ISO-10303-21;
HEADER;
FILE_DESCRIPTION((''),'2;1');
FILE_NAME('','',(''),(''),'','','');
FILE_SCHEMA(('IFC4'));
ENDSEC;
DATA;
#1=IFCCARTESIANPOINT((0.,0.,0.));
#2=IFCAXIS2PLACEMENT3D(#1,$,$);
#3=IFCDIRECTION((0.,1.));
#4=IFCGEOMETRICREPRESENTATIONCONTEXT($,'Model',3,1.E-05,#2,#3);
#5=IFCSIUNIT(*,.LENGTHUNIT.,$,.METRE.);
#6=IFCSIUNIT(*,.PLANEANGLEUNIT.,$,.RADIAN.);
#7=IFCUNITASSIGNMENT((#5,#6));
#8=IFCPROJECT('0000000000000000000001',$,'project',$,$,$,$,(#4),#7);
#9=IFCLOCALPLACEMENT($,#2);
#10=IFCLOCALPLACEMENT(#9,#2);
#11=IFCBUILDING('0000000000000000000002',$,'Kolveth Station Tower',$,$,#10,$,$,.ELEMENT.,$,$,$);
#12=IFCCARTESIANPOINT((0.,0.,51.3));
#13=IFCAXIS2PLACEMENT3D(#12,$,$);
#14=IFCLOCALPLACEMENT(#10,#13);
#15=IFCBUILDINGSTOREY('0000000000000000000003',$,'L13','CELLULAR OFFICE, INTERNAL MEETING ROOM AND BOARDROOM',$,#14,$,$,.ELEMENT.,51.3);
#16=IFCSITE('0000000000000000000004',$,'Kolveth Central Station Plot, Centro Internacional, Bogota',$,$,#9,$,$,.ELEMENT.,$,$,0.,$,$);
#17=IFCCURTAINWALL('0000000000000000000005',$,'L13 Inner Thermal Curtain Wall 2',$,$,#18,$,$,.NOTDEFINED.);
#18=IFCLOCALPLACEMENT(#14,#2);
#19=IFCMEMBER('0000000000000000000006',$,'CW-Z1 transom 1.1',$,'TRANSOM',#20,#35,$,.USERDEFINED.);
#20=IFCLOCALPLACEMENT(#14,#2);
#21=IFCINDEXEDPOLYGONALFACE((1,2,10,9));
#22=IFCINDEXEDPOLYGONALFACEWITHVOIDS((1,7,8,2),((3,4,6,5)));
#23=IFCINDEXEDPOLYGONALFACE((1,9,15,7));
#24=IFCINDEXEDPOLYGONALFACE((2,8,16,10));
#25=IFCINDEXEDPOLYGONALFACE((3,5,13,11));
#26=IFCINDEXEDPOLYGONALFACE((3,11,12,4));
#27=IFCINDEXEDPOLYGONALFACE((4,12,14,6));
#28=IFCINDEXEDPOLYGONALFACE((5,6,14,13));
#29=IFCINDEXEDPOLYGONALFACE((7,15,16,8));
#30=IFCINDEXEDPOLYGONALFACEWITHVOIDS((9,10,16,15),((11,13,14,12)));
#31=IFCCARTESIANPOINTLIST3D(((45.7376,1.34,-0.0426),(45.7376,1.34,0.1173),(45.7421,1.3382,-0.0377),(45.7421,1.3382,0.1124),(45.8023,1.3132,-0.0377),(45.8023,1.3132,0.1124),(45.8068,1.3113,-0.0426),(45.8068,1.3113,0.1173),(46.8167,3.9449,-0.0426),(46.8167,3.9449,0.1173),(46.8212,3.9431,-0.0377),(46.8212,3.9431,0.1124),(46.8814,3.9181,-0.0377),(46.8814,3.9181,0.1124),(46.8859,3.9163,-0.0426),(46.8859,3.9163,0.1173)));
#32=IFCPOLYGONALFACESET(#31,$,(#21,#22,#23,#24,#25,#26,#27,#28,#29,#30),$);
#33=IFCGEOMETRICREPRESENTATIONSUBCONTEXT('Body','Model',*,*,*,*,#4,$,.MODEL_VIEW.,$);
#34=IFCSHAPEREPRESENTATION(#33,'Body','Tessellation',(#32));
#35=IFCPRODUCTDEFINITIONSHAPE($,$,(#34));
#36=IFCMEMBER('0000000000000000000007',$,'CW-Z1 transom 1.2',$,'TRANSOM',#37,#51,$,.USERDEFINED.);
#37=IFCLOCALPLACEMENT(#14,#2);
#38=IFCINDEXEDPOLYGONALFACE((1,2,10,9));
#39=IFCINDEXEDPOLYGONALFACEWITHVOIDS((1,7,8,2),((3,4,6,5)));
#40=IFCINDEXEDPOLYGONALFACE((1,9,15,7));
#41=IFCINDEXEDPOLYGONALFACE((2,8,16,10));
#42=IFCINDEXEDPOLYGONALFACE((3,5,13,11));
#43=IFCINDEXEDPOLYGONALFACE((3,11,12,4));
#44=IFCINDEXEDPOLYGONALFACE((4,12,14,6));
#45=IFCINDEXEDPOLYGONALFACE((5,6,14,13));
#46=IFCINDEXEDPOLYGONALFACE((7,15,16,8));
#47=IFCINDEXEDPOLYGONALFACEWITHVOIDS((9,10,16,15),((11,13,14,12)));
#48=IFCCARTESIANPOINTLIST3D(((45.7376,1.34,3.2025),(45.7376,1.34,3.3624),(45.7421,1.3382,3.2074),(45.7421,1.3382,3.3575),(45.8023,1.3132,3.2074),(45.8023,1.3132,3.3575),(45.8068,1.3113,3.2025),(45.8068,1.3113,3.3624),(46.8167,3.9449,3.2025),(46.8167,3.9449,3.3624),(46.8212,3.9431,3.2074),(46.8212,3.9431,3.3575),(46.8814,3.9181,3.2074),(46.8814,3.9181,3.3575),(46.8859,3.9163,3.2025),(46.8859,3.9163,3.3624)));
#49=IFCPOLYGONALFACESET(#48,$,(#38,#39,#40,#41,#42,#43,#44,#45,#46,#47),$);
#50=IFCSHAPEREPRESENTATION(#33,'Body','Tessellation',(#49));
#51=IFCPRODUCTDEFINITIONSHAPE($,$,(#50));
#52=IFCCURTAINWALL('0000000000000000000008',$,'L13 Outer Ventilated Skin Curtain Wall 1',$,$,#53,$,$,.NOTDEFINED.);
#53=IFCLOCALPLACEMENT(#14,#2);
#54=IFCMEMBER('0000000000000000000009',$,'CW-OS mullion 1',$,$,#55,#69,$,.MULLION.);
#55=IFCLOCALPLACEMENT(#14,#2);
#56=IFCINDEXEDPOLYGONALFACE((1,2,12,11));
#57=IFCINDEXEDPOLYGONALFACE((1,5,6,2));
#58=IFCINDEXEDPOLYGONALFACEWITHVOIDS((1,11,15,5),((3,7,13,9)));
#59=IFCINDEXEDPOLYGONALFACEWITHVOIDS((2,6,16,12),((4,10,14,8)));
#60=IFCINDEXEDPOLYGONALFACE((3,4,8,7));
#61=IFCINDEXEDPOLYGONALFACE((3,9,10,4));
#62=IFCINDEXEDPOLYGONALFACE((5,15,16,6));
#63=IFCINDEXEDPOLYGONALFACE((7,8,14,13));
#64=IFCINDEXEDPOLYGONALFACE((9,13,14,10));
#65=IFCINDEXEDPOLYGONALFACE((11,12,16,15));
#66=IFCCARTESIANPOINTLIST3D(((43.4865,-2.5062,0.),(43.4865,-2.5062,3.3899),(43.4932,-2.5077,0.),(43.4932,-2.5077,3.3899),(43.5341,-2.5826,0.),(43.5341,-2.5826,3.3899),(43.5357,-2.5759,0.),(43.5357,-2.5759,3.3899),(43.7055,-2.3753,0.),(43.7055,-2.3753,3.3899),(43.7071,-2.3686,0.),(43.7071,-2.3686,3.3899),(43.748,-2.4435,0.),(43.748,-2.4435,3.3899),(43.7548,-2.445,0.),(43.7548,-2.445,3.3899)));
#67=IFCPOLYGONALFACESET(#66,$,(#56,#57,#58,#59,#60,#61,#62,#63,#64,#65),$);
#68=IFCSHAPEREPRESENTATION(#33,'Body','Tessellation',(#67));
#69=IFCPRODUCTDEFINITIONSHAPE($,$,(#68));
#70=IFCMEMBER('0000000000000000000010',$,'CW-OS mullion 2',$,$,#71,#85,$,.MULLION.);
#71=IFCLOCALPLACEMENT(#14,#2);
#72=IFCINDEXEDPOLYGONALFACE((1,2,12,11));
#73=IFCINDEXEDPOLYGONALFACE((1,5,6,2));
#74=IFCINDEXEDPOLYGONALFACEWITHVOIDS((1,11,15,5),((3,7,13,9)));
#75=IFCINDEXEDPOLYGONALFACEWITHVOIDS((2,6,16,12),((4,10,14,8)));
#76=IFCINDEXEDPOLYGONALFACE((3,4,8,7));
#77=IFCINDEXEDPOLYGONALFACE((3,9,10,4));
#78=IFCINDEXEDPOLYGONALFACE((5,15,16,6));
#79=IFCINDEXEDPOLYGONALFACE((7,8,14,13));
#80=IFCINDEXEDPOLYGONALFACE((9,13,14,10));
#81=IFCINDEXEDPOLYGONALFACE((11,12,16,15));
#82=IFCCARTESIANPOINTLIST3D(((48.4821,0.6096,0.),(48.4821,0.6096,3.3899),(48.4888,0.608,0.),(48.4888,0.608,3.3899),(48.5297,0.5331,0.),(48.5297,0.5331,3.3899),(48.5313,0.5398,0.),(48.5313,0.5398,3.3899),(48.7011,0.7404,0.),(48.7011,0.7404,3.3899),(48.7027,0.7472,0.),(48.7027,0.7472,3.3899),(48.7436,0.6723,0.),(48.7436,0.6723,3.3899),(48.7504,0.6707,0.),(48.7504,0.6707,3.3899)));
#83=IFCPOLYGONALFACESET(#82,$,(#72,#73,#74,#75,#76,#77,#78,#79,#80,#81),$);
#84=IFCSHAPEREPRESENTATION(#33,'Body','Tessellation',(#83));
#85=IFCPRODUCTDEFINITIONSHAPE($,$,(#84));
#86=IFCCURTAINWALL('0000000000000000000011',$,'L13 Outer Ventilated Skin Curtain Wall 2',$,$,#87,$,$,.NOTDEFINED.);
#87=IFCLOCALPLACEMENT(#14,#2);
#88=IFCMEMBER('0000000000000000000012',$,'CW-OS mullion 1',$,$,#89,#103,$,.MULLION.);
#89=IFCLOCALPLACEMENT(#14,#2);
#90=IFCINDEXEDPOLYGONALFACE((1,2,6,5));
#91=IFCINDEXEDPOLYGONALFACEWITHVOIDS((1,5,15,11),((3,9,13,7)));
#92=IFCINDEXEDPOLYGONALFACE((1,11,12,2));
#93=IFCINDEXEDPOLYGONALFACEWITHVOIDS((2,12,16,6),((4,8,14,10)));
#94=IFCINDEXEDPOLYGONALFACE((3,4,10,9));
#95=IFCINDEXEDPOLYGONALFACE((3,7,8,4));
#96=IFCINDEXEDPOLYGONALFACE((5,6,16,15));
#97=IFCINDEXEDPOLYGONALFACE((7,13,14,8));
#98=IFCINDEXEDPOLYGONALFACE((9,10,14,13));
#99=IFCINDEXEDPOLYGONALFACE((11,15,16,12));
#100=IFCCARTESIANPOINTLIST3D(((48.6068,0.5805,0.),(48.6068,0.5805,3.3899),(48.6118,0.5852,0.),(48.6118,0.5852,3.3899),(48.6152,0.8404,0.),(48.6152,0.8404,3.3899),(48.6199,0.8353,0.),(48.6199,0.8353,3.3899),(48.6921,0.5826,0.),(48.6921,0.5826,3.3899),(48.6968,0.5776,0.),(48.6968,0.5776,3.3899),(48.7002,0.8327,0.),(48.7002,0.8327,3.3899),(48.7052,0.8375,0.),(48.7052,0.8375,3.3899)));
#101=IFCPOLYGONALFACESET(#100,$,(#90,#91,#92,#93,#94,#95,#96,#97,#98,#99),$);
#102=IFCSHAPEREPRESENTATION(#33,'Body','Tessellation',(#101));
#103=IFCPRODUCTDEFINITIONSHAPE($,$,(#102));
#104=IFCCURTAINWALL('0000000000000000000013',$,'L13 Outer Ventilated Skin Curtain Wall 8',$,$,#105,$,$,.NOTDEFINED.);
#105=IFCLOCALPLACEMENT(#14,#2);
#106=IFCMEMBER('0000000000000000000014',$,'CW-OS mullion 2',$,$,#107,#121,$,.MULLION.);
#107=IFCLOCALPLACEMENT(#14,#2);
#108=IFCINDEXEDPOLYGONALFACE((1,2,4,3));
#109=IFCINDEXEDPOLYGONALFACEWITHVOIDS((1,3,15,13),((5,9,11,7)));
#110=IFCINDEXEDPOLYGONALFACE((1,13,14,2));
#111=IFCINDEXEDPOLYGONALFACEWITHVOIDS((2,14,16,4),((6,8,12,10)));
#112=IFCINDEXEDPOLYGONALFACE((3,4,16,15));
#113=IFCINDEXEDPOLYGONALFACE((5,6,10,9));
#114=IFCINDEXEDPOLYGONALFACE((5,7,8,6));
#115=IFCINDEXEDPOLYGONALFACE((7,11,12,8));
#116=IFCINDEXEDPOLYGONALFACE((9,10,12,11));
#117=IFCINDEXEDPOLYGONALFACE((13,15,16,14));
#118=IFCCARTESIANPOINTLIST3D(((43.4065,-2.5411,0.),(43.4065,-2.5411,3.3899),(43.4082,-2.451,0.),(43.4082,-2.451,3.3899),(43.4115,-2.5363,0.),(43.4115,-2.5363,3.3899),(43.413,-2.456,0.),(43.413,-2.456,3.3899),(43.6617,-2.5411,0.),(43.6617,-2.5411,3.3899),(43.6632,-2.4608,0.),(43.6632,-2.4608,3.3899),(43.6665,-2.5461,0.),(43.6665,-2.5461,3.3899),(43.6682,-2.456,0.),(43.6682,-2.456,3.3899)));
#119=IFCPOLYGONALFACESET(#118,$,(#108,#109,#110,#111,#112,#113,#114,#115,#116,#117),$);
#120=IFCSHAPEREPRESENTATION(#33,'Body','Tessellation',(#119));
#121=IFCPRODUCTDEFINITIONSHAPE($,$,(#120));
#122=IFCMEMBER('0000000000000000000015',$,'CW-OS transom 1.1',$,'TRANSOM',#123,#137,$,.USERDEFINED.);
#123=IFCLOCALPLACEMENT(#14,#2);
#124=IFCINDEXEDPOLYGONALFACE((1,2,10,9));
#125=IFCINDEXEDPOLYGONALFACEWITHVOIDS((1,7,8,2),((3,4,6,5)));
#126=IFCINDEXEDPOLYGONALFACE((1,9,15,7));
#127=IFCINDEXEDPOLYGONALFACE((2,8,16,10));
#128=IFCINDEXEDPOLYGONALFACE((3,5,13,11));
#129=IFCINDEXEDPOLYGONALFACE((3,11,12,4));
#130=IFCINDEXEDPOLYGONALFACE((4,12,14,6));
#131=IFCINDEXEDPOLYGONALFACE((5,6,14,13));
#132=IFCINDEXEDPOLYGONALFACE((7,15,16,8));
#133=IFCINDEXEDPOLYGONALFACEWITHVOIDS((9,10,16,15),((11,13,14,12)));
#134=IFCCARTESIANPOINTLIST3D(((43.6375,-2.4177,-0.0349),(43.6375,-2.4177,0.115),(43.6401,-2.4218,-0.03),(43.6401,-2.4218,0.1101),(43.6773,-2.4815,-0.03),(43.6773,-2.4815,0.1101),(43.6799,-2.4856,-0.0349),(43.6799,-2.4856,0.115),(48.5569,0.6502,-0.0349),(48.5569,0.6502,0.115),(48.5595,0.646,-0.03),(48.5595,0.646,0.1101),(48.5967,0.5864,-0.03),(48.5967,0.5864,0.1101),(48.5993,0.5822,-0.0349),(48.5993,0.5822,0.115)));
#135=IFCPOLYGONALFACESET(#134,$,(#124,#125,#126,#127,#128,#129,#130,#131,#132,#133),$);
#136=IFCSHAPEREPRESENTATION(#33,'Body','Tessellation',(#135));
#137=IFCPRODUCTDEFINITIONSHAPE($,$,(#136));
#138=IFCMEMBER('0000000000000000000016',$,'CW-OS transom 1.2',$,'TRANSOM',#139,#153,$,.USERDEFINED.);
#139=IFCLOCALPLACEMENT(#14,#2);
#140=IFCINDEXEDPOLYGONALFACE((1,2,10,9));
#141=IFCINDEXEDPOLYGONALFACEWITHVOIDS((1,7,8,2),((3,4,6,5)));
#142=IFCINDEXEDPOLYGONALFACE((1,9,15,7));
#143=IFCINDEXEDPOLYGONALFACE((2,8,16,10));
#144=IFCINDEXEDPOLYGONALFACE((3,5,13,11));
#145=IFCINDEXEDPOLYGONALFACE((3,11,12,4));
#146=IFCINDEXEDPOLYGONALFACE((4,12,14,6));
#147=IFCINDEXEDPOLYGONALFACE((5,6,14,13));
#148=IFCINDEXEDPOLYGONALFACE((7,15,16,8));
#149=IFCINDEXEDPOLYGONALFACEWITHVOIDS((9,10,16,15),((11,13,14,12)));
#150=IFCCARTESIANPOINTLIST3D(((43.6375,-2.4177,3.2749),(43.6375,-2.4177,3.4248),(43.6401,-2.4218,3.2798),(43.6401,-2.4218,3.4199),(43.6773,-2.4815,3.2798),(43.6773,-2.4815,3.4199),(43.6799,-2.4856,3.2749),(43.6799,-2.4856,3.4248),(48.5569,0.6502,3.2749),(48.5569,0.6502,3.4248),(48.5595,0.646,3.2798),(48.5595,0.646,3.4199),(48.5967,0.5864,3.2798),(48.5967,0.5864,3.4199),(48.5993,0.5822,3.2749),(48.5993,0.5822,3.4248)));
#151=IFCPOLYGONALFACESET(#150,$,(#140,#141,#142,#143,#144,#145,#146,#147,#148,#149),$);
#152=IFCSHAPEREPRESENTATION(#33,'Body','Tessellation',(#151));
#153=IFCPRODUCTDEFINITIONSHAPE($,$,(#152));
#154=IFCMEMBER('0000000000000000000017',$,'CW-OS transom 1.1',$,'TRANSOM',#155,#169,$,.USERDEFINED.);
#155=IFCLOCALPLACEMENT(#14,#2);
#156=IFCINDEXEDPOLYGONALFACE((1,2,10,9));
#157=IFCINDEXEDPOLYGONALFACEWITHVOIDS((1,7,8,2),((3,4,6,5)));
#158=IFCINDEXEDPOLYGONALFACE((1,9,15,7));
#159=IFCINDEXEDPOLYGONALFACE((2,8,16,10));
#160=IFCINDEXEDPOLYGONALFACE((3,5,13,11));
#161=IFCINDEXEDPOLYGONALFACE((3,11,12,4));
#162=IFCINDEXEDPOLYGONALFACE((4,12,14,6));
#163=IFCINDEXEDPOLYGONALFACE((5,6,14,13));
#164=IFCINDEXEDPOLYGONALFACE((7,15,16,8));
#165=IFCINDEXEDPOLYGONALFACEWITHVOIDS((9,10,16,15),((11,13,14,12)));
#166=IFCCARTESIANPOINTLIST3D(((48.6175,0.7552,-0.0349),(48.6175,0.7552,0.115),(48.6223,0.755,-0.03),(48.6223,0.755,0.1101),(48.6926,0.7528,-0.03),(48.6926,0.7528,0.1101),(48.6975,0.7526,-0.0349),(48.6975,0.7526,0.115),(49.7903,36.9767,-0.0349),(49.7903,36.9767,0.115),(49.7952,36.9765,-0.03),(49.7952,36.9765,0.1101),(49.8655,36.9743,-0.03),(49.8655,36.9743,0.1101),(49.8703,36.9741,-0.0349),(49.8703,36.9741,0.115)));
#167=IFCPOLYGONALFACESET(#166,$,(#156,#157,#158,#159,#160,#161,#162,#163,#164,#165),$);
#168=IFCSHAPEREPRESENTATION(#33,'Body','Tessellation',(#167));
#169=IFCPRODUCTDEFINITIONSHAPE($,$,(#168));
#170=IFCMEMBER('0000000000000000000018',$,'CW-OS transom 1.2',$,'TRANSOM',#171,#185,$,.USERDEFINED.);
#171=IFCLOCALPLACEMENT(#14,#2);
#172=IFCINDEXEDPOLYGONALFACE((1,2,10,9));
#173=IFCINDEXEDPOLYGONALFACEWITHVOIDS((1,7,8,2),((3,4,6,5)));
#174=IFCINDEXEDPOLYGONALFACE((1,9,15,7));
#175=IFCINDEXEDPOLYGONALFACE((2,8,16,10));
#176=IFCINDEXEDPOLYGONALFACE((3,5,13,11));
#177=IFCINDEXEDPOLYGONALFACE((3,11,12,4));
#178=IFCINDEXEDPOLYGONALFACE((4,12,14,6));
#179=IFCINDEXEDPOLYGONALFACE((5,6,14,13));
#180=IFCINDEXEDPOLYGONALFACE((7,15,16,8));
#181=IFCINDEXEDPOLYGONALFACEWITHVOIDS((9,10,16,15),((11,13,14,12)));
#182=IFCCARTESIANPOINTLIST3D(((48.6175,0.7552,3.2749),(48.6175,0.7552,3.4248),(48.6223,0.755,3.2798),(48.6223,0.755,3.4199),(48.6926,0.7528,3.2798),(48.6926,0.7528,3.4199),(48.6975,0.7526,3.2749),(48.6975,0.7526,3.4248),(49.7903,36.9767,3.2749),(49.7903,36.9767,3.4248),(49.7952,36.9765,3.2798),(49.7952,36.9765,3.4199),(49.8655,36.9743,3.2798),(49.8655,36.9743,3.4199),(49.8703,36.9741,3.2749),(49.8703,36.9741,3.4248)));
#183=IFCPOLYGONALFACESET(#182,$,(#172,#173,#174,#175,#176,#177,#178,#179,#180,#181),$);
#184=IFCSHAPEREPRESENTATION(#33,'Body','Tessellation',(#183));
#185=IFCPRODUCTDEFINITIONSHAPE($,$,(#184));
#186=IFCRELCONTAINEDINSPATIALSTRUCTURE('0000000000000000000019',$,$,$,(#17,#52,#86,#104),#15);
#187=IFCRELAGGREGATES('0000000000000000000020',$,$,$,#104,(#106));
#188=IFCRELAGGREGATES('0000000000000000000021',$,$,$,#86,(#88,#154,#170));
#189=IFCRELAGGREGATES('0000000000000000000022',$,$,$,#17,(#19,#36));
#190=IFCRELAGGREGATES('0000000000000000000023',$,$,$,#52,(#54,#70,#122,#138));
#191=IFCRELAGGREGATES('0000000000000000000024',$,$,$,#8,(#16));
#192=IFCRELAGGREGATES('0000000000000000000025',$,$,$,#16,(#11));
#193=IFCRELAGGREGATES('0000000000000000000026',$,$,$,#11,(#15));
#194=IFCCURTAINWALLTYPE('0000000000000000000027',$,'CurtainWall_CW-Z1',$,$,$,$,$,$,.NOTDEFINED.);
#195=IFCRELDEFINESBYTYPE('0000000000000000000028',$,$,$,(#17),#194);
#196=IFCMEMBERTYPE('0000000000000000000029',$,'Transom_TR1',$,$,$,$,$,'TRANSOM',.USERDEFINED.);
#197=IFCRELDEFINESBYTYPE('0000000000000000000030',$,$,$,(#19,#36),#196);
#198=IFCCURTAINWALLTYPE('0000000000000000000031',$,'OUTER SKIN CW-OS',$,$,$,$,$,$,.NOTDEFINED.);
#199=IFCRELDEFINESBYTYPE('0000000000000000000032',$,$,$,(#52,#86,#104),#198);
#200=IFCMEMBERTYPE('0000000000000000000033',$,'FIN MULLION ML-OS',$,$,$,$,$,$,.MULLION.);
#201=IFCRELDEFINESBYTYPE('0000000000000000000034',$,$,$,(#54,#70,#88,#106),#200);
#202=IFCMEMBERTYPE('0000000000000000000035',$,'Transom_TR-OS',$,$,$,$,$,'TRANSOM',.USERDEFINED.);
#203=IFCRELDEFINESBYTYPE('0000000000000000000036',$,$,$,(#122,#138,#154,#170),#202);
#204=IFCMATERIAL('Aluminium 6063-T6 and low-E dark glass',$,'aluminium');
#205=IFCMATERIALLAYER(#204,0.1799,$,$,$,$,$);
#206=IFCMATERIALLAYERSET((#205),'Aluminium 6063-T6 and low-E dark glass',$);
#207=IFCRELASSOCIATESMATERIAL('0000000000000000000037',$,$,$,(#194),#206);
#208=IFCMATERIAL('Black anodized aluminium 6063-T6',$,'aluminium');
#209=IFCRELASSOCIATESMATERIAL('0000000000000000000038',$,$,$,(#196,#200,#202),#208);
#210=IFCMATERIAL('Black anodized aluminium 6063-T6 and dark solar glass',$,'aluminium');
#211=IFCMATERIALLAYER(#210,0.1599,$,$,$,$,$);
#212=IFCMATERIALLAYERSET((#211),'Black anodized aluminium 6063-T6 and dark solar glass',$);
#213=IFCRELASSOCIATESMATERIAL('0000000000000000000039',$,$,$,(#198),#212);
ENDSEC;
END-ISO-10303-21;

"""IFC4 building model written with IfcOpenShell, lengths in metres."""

from ifc_helpers import new_model, si_unit, direction, frame, origin, origin_2d, place, context, subcontext, project, spatial, hollow_rectangle, extrude, source, transform, mapped, material, layer, layer_set, material_profile, profile_set, type_object, element, aggregate, save


model = new_model("IFC4")

# Units and contexts
model_context = context("Model", 3, precision=1e-05, world=origin(), true_north=direction((0.0, 1.0)))
body_context = subcontext(model_context, "Body", "Model", "MODEL_VIEW")
ifc_project = project(units=[si_unit("LENGTHUNIT", "METRE"), si_unit("PLANEANGLEUNIT", "RADIAN")], contexts=[model_context])

# Site, building, storey
site_placement = place(None, origin())
site = spatial("IfcSite", under=ifc_project, at=site_placement, Name="Kolveth Central Station Plot, Centro Internacional, Bogota", CompositionType="ELEMENT", RefElevation=0.0)
building_placement = place(site_placement, origin())
building = spatial("IfcBuilding", under=site, at=building_placement, Name="Kolveth Station Tower", CompositionType="ELEMENT")
storey_placement = place(building_placement, frame((0.0, 0.0, 51.3)))
storey = spatial("IfcBuildingStorey", under=building, at=storey_placement, Name="L13", Description="CELLULAR OFFICE, INTERNAL MEETING ROOM AND BOARDROOM", CompositionType="ELEMENT", Elevation=51.3)

# Curtain wall
ifc_material_1 = material(Name="Aluminium 6063-T6 and low-E dark glass", Category="aluminium")
ifc_layer_1 = layer(ifc_material_1, 0.1799)
ifc_layer_set_1 = layer_set([ifc_layer_1], Name="Aluminium 6063-T6 and low-E dark glass")
curtain_wall_type_1 = type_object("IfcCurtainWallType", Name="CurtainWall_CW-Z1", PredefinedType="NOTDEFINED", material=ifc_layer_set_1)
ifc_material_2 = material(Name="Black anodized aluminium 6063-T6", Category="aluminium")
curtain_wall_1_placement = place(storey_placement, origin())
curtain_wall_1 = element("IfcCurtainWall", 1, at=curtain_wall_1_placement, inside=storey, type_object=curtain_wall_type_1, Name="L13 Inner Thermal Curtain Wall 2", PredefinedType="NOTDEFINED")

# Members
ifc_material_profile_1 = material_profile(ifc_material_2, hollow_rectangle(XDim=0.075, YDim=0.1599, WallThickness=0.0049, at=origin_2d()), Name="ALU-75x160x5")
ifc_profile_set_1 = profile_set([ifc_material_profile_1], Name="Black anodized aluminium 6063-T6")
member_type_1 = type_object("IfcMemberType", Name="Transom_TR1", ElementType="TRANSOM", PredefinedType="USERDEFINED", material=ifc_profile_set_1)
shared_shape_1 = source(origin(), body_context, "Body", "SweptSolid", [
    extrude(hollow_rectangle(XDim=0.075, YDim=0.1599, WallThickness=0.0049, at=origin_2d()), origin(), (0.0, 0.0, 1.0), 2.8196),
])
member_1_placement = place(storey_placement, frame((45.7722, 1.3257, 0.0374), z_axis=(0.382709, 0.923869, 0.0), x_axis=(-0.923869, 0.382709, 0.0)))
member_1 = element("IfcMember", 2, at=member_1_placement, type_object=member_type_1, Name="CW-Z1 transom 1.1", ObjectType="TRANSOM", PredefinedType="USERDEFINED", context=body_context, shape_type="MappedRepresentation", body=[
    mapped(shared_shape_1, transform((0.0, 0.0, 0.0), x_axis=(1.0, 0.0, 0.0), y_axis=(0.0, 1.0, 0.0), z_axis=(0.0, 0.0, 1.0), scale=1.0)),
])
member_2_placement = place(storey_placement, frame((45.7722, 1.3257, 3.2825), z_axis=(0.382709, 0.923869, 0.0), x_axis=(-0.923869, 0.382709, 0.0)))
member_2 = element("IfcMember", 3, at=member_2_placement, type_object=member_type_1, Name="CW-Z1 transom 1.2", ObjectType="TRANSOM", PredefinedType="USERDEFINED", context=body_context, shape_type="MappedRepresentation", body=[
    mapped(shared_shape_1, transform((0.0, 0.0, 0.0), x_axis=(1.0, 0.0, 0.0), y_axis=(0.0, 1.0, 0.0), z_axis=(0.0, 0.0, 1.0), scale=1.0)),
])

# Curtain wall, members
ifc_material_3 = material(Name="Black anodized aluminium 6063-T6 and dark solar glass", Category="aluminium")
ifc_layer_2 = layer(ifc_material_3, 0.1599)
ifc_layer_set_2 = layer_set([ifc_layer_2], Name="Black anodized aluminium 6063-T6 and dark solar glass")
curtain_wall_type_2 = type_object("IfcCurtainWallType", Name="OUTER SKIN CW-OS", PredefinedType="NOTDEFINED", material=ifc_layer_set_2)
curtain_wall_2_placement = place(storey_placement, origin())
curtain_wall_2 = element("IfcCurtainWall", 4, at=curtain_wall_2_placement, inside=storey, type_object=curtain_wall_type_2, Name="L13 Outer Ventilated Skin Curtain Wall 1", PredefinedType="NOTDEFINED")
ifc_material_profile_2 = material_profile(ifc_material_2, hollow_rectangle(XDim=0.0901, YDim=0.26, WallThickness=0.0049, at=origin_2d()), Name="ALU-90x260x5")
ifc_profile_set_2 = profile_set([ifc_material_profile_2], Name="Black anodized aluminium 6063-T6")
member_type_2 = type_object("IfcMemberType", Name="FIN MULLION ML-OS", PredefinedType="MULLION", material=ifc_profile_set_2)
shared_shape_2 = source(origin(), body_context, "Body", "SweptSolid", [
    extrude(hollow_rectangle(XDim=0.0901, YDim=0.26, WallThickness=0.0049, at=origin_2d()), origin(), (0.0, 0.0, 1.0), 3.3899),
])
member_3_placement = place(storey_placement, frame((43.6206, -2.4756, 0.0), z_axis=(0.0, 0.0, 1.0), x_axis=(-0.529185, 0.848506, 0.0)))
member_3 = element("IfcMember", 5, at=member_3_placement, type_object=member_type_2, Name="CW-OS mullion 1", PredefinedType="MULLION", context=body_context, shape_type="MappedRepresentation", body=[
    mapped(shared_shape_2, transform((0.0, 0.0, 0.0), x_axis=(1.0, 0.0, 0.0), y_axis=(0.0, 1.0, 0.0), z_axis=(0.0, 0.0, 1.0), scale=1.0)),
])
member_4_placement = place(storey_placement, frame((48.6162, 0.6401, 0.0), z_axis=(0.0, 0.0, 1.0), x_axis=(-0.529185, 0.848506, 0.0)))
member_4 = element("IfcMember", 6, at=member_4_placement, type_object=member_type_2, Name="CW-OS mullion 2", PredefinedType="MULLION", context=body_context, shape_type="MappedRepresentation", body=[
    mapped(shared_shape_2, transform((0.0, 0.0, 0.0), x_axis=(1.0, 0.0, 0.0), y_axis=(0.0, 1.0, 0.0), z_axis=(0.0, 0.0, 1.0), scale=1.0)),
])

# Curtain walls, members
curtain_wall_3_placement = place(storey_placement, origin())
curtain_wall_3 = element("IfcCurtainWall", 7, at=curtain_wall_3_placement, inside=storey, type_object=curtain_wall_type_2, Name="L13 Outer Ventilated Skin Curtain Wall 2", PredefinedType="NOTDEFINED")
member_5_placement = place(storey_placement, frame((48.656, 0.709, 0.0), z_axis=(0.0, 0.0, 1.0), x_axis=(-0.999476, 0.032366, 0.0)))
member_5 = element("IfcMember", 8, at=member_5_placement, type_object=member_type_2, Name="CW-OS mullion 1", PredefinedType="MULLION", context=body_context, shape_type="MappedRepresentation", body=[
    mapped(shared_shape_2, transform((0.0, 0.0, 0.0), x_axis=(1.0, 0.0, 0.0), y_axis=(0.0, 1.0, 0.0), z_axis=(0.0, 0.0, 1.0), scale=1.0)),
])
curtain_wall_4_placement = place(storey_placement, origin())
curtain_wall_4 = element("IfcCurtainWall", 9, at=curtain_wall_4_placement, inside=storey, type_object=curtain_wall_type_2, Name="L13 Outer Ventilated Skin Curtain Wall 8", PredefinedType="NOTDEFINED")
member_6_placement = place(storey_placement, frame((43.5374, -2.4985, 0.0), z_axis=(0.0, 0.0, 1.0), x_axis=(0.019383, 0.999812, 0.0)))
member_6 = element("IfcMember", 10, at=member_6_placement, type_object=member_type_2, Name="CW-OS mullion 2", PredefinedType="MULLION", context=body_context, shape_type="MappedRepresentation", body=[
    mapped(shared_shape_2, transform((0.0, 0.0, 0.0), x_axis=(1.0, 0.0, 0.0), y_axis=(0.0, 1.0, 0.0), z_axis=(0.0, 0.0, 1.0), scale=1.0)),
])
aggregate(curtain_wall_4, [member_6])

# Members
ifc_material_profile_3 = material_profile(ifc_material_2, hollow_rectangle(XDim=0.0801, YDim=0.1499, WallThickness=0.0049, at=origin_2d()), Name="ALU-80x150x5")
ifc_profile_set_3 = profile_set([ifc_material_profile_3], Name="Black anodized aluminium 6063-T6")
member_type_3 = type_object("IfcMemberType", Name="Transom_TR-OS", ElementType="TRANSOM", PredefinedType="USERDEFINED", material=ifc_profile_set_3)
shared_shape_3 = source(origin(), body_context, "Body", "SweptSolid", [
    extrude(hollow_rectangle(XDim=0.0801, YDim=0.1499, WallThickness=0.0049, at=origin_2d()), origin(), (0.0, 0.0, 1.0), 5.7976),
])
member_7_placement = place(storey_placement, frame((43.6587, -2.4517, 0.04), z_axis=(0.848523, 0.529158, 0.0), x_axis=(-0.529158, 0.848523, 0.0)))
member_7 = element("IfcMember", 11, at=member_7_placement, type_object=member_type_3, Name="CW-OS transom 1.1", ObjectType="TRANSOM", PredefinedType="USERDEFINED", context=body_context, shape_type="MappedRepresentation", body=[
    mapped(shared_shape_3, transform((0.0, 0.0, 0.0), x_axis=(1.0, 0.0, 0.0), y_axis=(0.0, 1.0, 0.0), z_axis=(0.0, 0.0, 1.0), scale=1.0)),
])
member_8_placement = place(storey_placement, frame((43.6587, -2.4517, 3.3499), z_axis=(0.848523, 0.529158, 0.0), x_axis=(-0.529158, 0.848523, 0.0)))
member_8 = element("IfcMember", 12, at=member_8_placement, type_object=member_type_3, Name="CW-OS transom 1.2", ObjectType="TRANSOM", PredefinedType="USERDEFINED", context=body_context, shape_type="MappedRepresentation", body=[
    mapped(shared_shape_3, transform((0.0, 0.0, 0.0), x_axis=(1.0, 0.0, 0.0), y_axis=(0.0, 1.0, 0.0), z_axis=(0.0, 0.0, 1.0), scale=1.0)),
])
shared_shape_4 = source(origin(), body_context, "Body", "SweptSolid", [
    extrude(hollow_rectangle(XDim=0.0801, YDim=0.1499, WallThickness=0.0049, at=origin_2d()), origin(), (0.0, 0.0, 1.0), 36.2405),
])
member_9_placement = place(storey_placement, frame((48.6575, 0.7539, 0.04), z_axis=(0.032363, 0.999476, 0.0), x_axis=(-0.999476, 0.032363, 0.0)))
member_9 = element("IfcMember", 13, at=member_9_placement, type_object=member_type_3, Name="CW-OS transom 1.1", ObjectType="TRANSOM", PredefinedType="USERDEFINED", context=body_context, shape_type="MappedRepresentation", body=[
    mapped(shared_shape_4, transform((0.0, 0.0, 0.0), x_axis=(1.0, 0.0, 0.0), y_axis=(0.0, 1.0, 0.0), z_axis=(0.0, 0.0, 1.0), scale=1.0)),
])
member_10_placement = place(storey_placement, frame((48.6575, 0.7539, 3.3499), z_axis=(0.032363, 0.999476, 0.0), x_axis=(-0.999476, 0.032363, 0.0)))
member_10 = element("IfcMember", 14, at=member_10_placement, type_object=member_type_3, Name="CW-OS transom 1.2", ObjectType="TRANSOM", PredefinedType="USERDEFINED", context=body_context, shape_type="MappedRepresentation", body=[
    mapped(shared_shape_4, transform((0.0, 0.0, 0.0), x_axis=(1.0, 0.0, 0.0), y_axis=(0.0, 1.0, 0.0), z_axis=(0.0, 0.0, 1.0), scale=1.0)),
])
aggregate(curtain_wall_3, [member_5, member_9, member_10])

aggregate(curtain_wall_1, [member_1, member_2])
aggregate(curtain_wall_2, [member_3, member_4, member_7, member_8])

save(model, "model.ifc")
